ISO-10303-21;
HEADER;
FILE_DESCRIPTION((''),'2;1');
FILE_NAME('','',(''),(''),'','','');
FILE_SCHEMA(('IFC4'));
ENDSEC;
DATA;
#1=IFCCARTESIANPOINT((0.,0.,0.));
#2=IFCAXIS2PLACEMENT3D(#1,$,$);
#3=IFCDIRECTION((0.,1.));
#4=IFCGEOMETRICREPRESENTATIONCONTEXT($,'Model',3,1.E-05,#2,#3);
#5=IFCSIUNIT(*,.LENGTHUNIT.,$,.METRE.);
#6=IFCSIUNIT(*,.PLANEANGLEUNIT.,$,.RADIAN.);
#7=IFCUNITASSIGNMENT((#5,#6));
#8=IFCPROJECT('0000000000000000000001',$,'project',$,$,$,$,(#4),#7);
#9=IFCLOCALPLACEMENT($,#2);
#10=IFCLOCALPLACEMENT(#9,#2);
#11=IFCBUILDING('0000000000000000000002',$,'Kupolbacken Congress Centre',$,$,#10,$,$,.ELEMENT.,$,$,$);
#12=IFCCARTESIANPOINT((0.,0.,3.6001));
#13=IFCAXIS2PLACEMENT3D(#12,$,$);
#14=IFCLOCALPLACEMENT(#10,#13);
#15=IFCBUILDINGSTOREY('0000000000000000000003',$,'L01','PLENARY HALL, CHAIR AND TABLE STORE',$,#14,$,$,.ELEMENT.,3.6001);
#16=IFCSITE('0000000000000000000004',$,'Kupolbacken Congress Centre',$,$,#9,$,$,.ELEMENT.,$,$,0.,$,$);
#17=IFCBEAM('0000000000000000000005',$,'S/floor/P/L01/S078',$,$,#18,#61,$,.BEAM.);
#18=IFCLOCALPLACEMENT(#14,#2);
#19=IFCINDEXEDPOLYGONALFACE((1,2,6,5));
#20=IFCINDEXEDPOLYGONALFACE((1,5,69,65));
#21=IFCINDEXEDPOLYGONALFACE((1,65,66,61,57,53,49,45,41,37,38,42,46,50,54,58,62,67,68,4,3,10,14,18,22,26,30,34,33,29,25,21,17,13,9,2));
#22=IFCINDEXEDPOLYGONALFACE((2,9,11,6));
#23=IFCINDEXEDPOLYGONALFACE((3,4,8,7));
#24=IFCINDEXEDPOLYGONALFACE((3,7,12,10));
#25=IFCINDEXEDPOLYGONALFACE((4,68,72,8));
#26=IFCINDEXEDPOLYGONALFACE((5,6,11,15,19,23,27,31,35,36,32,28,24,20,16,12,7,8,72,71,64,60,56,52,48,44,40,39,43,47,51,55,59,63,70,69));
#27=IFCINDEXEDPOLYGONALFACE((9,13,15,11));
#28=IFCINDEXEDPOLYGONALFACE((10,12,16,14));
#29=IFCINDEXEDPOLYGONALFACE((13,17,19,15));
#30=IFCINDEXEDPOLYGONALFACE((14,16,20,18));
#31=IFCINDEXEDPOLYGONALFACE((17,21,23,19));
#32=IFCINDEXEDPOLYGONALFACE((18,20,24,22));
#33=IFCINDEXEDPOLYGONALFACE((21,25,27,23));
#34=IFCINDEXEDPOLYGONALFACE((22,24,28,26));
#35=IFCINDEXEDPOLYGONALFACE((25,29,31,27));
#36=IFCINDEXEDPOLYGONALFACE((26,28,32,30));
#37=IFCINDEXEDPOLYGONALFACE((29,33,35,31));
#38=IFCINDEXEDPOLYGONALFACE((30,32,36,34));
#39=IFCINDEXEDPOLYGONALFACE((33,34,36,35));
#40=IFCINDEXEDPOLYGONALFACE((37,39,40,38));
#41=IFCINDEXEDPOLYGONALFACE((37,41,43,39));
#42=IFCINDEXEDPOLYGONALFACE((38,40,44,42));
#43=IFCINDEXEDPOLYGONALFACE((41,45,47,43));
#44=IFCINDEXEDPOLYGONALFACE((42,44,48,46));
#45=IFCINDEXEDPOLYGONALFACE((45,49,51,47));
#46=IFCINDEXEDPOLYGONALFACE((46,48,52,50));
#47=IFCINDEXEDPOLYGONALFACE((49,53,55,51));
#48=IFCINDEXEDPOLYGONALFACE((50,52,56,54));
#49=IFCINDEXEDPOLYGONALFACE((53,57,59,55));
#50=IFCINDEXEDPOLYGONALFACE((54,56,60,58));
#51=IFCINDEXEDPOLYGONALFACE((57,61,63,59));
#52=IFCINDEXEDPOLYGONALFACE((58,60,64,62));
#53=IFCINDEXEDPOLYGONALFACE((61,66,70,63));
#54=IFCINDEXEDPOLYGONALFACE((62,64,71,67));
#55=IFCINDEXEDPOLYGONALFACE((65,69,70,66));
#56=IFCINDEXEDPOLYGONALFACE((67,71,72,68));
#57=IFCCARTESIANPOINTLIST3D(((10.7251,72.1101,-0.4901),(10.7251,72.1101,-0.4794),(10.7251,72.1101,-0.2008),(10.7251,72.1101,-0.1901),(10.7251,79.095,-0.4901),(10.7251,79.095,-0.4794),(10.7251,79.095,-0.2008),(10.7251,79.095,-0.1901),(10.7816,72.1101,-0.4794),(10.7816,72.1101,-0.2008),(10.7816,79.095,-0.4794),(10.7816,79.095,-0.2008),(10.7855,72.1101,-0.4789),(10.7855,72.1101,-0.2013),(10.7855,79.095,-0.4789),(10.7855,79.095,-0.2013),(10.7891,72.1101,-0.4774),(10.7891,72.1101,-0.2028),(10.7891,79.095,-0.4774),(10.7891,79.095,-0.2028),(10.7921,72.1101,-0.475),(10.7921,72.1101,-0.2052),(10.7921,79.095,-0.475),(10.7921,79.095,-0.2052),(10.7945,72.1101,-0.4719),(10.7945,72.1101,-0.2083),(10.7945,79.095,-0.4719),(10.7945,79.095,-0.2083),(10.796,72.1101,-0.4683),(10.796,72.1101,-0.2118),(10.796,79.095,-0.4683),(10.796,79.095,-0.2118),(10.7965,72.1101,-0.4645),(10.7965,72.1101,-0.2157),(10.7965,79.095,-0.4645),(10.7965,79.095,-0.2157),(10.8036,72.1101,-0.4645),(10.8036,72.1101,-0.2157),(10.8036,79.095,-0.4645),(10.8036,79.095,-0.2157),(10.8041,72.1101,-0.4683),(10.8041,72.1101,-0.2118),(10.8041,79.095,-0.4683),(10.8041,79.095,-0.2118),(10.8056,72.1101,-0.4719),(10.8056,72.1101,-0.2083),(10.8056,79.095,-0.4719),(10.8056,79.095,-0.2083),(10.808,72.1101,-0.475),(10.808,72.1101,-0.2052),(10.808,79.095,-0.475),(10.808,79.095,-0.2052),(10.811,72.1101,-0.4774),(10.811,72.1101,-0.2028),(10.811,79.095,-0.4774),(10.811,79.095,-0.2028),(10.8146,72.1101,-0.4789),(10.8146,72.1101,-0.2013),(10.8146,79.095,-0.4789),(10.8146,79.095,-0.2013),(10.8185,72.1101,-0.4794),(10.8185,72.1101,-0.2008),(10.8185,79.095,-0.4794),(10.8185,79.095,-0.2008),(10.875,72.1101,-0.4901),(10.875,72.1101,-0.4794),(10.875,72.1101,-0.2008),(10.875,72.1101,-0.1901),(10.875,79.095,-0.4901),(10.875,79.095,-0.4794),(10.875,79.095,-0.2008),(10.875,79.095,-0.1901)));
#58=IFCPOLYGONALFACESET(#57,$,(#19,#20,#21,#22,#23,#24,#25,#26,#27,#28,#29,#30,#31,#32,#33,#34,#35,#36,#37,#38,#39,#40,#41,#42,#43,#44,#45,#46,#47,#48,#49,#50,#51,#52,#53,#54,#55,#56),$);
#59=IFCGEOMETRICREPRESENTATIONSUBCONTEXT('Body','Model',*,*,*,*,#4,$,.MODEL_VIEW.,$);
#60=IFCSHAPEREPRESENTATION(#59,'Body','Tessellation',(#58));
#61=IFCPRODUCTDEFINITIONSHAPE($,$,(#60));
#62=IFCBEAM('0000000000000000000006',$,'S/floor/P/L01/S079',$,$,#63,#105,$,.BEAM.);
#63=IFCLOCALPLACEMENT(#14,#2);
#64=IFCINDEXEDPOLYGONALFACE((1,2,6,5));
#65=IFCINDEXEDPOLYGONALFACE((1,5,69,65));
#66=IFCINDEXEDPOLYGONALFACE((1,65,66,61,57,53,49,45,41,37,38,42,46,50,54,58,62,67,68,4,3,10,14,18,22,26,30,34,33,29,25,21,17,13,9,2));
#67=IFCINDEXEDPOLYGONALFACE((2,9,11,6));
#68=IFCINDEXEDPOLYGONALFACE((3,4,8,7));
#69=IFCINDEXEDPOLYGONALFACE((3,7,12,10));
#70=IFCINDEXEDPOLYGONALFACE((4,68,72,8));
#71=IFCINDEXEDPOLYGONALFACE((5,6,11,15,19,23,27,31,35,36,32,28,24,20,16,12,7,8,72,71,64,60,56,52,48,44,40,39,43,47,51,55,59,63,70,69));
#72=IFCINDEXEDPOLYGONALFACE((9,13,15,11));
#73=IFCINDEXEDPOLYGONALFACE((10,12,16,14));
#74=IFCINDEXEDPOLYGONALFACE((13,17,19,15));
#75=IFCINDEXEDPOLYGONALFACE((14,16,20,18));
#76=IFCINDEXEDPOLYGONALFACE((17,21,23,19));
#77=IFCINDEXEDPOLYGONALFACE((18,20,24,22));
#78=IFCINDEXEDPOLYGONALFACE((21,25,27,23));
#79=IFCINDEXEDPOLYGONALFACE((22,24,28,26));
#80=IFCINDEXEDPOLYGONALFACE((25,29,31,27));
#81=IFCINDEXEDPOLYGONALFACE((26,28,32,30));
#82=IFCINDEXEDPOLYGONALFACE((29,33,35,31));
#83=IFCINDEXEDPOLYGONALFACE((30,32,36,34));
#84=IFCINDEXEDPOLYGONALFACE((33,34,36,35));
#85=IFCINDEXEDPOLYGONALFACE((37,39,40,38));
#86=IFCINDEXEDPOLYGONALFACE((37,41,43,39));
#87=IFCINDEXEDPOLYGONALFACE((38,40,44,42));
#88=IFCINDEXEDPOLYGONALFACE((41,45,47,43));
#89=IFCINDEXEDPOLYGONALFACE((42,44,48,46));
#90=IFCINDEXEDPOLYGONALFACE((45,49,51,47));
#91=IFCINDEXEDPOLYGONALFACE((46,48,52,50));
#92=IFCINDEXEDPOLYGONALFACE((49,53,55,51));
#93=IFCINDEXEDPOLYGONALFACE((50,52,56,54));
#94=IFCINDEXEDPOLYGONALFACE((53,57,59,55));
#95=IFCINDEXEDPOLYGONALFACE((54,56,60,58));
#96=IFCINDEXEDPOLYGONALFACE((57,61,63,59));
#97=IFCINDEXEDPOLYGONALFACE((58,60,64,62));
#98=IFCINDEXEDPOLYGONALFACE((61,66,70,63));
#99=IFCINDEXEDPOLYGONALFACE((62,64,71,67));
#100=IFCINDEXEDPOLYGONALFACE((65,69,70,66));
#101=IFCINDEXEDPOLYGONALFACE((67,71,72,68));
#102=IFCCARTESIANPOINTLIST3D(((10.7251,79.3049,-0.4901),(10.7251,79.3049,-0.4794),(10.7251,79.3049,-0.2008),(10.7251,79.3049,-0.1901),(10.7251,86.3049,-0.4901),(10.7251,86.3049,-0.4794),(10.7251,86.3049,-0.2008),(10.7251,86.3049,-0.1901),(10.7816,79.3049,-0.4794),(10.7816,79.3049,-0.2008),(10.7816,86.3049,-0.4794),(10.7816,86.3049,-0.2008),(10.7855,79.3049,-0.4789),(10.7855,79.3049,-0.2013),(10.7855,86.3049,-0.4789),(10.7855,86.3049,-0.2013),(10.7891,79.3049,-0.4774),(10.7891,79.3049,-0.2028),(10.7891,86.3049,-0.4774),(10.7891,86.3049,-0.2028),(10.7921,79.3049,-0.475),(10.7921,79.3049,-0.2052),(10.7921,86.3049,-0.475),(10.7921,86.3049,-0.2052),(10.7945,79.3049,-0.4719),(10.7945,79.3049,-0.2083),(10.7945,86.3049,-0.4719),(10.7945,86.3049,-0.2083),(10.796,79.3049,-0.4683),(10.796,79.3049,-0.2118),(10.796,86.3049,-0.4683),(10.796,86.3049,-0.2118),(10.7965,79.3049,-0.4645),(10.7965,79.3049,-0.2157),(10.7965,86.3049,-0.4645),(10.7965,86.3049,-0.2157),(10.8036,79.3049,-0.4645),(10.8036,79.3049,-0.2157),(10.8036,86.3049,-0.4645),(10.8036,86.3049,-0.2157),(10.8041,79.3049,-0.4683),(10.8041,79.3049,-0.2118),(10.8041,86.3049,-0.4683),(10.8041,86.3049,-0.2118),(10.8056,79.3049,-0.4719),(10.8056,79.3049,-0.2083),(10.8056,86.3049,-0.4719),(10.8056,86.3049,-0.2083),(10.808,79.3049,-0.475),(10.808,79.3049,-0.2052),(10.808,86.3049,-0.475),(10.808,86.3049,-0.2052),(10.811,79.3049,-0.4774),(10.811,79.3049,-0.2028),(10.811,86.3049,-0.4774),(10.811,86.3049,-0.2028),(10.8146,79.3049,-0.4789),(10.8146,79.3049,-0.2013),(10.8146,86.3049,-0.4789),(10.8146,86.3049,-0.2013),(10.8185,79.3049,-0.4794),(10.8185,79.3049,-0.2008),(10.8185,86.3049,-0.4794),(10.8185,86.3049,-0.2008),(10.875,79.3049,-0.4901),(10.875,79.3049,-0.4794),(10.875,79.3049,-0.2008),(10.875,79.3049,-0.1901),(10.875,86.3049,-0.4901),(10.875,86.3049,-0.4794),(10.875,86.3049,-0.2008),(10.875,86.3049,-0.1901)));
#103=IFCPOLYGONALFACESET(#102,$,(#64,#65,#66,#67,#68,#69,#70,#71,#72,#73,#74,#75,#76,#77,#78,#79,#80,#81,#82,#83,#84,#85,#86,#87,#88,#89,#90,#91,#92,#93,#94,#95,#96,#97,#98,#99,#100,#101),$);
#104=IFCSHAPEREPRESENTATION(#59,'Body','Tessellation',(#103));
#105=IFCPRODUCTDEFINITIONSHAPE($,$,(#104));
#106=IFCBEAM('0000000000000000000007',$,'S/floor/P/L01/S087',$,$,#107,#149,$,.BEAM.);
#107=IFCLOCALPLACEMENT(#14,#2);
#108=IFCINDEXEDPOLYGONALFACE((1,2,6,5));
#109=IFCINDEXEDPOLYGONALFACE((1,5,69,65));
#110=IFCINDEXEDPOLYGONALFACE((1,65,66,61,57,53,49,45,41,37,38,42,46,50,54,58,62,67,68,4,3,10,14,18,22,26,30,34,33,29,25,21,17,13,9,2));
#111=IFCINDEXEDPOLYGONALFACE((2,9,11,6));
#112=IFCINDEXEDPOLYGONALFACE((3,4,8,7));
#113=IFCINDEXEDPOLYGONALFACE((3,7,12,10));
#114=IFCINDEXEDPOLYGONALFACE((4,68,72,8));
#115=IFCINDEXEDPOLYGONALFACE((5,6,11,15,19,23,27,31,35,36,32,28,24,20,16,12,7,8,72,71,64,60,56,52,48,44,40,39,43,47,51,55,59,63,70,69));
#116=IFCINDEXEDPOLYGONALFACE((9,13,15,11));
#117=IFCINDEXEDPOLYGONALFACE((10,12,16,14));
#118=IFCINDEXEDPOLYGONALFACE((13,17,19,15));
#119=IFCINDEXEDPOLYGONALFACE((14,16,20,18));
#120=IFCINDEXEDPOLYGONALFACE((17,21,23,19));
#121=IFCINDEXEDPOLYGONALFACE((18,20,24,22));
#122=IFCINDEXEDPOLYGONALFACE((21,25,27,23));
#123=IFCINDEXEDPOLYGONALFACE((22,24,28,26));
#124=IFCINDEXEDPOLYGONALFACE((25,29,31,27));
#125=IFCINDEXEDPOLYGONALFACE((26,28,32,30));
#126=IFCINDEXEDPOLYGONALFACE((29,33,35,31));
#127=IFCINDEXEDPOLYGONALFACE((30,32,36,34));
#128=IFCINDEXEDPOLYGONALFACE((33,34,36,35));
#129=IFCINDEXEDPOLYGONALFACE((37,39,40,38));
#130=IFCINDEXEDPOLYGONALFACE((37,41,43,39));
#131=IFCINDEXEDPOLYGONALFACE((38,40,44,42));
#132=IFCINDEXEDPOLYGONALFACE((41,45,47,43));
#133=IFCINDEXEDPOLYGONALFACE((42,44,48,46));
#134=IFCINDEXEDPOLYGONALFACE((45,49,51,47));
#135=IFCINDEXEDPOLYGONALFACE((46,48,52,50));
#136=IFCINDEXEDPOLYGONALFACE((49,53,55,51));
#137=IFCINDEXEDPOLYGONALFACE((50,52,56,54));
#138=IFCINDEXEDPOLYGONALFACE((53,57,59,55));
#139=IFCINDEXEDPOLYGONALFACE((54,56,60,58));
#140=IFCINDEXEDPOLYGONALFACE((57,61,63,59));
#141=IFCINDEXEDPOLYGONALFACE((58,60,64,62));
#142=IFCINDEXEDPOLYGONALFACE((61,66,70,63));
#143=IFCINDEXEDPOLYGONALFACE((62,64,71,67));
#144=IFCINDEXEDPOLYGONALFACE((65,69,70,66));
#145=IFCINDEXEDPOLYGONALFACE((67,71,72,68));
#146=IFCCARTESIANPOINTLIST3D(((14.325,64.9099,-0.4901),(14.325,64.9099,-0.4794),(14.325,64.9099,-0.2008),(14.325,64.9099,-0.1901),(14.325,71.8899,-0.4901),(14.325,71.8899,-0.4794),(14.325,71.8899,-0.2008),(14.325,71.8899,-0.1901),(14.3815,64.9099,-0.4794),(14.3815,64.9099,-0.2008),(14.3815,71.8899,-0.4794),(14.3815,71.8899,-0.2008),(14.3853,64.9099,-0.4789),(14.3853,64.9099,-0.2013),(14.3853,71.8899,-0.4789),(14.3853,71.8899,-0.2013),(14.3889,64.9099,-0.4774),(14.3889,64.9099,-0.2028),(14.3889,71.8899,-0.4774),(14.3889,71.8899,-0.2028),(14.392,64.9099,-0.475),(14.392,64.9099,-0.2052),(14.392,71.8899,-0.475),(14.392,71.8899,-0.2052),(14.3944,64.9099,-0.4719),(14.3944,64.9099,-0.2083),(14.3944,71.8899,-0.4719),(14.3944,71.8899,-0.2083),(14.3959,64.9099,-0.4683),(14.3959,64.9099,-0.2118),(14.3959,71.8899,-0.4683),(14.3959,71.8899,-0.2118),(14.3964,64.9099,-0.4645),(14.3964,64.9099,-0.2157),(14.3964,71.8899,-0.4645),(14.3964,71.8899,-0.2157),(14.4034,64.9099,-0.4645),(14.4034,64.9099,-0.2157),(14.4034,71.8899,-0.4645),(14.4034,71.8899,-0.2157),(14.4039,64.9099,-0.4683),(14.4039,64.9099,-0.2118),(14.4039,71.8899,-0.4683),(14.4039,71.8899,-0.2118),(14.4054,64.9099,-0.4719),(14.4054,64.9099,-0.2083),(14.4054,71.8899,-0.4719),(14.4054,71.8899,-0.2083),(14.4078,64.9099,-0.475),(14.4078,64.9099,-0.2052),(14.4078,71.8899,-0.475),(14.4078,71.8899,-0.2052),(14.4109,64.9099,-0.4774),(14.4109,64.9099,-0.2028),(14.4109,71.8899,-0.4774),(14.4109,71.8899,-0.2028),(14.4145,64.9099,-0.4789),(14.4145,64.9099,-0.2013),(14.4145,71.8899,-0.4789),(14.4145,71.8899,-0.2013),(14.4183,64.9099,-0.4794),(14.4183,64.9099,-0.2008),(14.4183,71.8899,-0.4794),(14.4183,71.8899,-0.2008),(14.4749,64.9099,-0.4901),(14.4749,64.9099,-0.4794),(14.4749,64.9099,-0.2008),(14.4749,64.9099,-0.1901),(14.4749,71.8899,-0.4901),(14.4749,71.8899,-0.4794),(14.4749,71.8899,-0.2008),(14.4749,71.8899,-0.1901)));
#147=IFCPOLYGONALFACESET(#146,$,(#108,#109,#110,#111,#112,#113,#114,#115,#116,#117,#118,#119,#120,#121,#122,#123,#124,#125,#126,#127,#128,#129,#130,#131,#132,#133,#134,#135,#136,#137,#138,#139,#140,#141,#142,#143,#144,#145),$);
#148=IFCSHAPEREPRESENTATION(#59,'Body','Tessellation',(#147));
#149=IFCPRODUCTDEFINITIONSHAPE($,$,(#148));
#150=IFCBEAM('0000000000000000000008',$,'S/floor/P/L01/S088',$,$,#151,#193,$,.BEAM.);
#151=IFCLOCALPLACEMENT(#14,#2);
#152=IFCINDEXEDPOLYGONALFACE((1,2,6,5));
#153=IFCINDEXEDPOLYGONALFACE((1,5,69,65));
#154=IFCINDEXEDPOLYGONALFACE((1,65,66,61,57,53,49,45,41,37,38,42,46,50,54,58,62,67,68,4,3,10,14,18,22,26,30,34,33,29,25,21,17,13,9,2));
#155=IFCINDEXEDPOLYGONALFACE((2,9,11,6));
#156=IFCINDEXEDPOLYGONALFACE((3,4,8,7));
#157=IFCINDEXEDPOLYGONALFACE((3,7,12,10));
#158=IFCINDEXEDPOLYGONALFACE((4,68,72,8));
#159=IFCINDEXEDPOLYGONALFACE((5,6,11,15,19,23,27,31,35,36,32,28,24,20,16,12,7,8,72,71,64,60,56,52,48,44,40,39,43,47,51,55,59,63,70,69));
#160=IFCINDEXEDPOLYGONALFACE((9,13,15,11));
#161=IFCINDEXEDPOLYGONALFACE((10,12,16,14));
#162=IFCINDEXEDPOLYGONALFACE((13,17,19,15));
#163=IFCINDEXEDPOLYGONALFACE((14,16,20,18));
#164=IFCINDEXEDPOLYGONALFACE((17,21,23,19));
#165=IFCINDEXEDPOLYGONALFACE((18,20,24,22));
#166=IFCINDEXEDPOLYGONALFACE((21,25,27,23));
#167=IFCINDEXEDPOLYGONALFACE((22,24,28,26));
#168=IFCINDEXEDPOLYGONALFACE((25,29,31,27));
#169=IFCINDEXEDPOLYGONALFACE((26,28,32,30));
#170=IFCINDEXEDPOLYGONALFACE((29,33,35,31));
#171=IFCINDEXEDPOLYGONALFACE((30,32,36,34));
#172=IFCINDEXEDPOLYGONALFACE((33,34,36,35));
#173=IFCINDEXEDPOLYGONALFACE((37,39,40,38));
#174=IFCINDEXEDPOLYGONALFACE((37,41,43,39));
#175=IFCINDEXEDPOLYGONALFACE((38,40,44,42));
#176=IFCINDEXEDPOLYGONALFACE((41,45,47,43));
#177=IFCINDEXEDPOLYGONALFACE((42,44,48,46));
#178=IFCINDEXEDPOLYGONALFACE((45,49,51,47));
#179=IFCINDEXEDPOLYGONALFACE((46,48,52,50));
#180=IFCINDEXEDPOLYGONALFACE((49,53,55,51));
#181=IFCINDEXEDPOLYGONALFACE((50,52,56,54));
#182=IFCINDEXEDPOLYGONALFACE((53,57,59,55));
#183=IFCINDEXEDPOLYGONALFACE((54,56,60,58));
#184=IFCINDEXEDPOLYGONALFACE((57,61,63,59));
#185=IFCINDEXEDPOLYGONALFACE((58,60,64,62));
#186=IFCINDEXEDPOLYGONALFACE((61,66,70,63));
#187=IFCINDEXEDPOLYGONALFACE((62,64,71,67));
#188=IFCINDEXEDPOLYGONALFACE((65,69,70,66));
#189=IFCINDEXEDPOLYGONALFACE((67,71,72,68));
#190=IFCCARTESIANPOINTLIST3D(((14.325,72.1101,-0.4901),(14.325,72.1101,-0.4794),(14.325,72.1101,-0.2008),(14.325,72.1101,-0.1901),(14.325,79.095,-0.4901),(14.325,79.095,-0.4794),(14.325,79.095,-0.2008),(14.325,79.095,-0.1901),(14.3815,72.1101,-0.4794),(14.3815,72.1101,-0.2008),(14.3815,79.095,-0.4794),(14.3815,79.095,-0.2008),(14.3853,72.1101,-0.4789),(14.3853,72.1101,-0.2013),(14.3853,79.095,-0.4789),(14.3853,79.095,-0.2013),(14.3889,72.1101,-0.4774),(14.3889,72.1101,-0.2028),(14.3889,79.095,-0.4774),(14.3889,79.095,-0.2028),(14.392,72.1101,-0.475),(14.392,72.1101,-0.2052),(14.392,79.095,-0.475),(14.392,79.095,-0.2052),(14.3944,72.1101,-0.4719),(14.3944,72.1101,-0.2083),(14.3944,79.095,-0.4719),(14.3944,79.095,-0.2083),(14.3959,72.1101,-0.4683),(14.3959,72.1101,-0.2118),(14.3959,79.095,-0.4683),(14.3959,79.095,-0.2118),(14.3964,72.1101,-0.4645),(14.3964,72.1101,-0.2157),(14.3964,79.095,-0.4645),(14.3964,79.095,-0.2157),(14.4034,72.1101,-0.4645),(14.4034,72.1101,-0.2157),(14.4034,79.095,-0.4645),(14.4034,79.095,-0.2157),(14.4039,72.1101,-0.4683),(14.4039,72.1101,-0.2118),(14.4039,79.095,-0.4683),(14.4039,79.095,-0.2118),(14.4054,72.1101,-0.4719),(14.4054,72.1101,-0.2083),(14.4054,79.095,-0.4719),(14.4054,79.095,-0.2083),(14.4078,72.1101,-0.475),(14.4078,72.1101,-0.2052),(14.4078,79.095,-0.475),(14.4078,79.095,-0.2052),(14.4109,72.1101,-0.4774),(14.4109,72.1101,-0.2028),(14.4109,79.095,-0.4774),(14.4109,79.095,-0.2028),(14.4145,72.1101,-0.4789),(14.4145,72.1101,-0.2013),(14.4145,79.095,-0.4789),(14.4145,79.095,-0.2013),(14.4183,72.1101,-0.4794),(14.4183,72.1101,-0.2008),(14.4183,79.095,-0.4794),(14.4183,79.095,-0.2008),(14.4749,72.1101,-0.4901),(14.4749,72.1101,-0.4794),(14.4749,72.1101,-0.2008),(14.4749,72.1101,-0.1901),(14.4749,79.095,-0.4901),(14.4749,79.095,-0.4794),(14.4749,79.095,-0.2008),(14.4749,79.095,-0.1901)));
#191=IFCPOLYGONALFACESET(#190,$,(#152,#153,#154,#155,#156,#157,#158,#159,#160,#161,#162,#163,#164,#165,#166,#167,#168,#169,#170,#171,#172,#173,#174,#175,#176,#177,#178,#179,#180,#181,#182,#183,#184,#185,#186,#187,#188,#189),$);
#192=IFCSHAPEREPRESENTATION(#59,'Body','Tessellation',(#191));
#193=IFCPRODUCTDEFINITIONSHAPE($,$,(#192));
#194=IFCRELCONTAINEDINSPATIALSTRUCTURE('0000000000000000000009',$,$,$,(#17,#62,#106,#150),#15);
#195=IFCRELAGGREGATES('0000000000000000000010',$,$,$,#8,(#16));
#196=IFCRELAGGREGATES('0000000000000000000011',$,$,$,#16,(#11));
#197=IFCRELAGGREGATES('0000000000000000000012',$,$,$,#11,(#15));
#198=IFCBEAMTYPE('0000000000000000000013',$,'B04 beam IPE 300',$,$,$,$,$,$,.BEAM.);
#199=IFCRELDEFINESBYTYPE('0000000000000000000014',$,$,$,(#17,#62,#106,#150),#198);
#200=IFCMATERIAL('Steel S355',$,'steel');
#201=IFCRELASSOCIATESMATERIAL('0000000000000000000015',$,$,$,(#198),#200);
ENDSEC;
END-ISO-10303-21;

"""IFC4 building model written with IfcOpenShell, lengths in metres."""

from ifc_helpers import new_model, si_unit, direction, frame, origin, origin_2d, place, context, subcontext, project, spatial, i_section, extrude, material, material_profile, profile_set, type_object, element, save


model = new_model("IFC4")

# Units and contexts
model_context = context("Model", 3, precision=1e-05, world=origin(), true_north=direction((0.0, 1.0)))
body_context = subcontext(model_context, "Body", "Model", "MODEL_VIEW")
ifc_project = project(units=[si_unit("LENGTHUNIT", "METRE"), si_unit("PLANEANGLEUNIT", "RADIAN")], contexts=[model_context])

# Site, building, storey
site_placement = place(None, origin())
site = spatial("IfcSite", under=ifc_project, at=site_placement, Name="Kupolbacken Congress Centre", CompositionType="ELEMENT", RefElevation=0.0)
building_placement = place(site_placement, origin())
building = spatial("IfcBuilding", under=site, at=building_placement, Name="Kupolbacken Congress Centre", CompositionType="ELEMENT")
storey_placement = place(building_placement, frame((0.0, 0.0, 3.6001)))
storey = spatial("IfcBuildingStorey", under=building, at=storey_placement, Name="L01", Description="PLENARY HALL, CHAIR AND TABLE STORE", CompositionType="ELEMENT", Elevation=3.6001)

# Beams
ifc_material_1 = material(Name="Steel S355", Category="steel")
ifc_material_profile_1 = material_profile(ifc_material_1, i_section(OverallWidth=0.1499, OverallDepth=0.3, WebThickness=0.0071, FlangeThickness=0.0107, FilletRadius=0.0149, at=origin_2d()), Name="IPE 300")
ifc_profile_set_1 = profile_set([ifc_material_profile_1], Name="Steel S355")
beam_type_1 = type_object("IfcBeamType", Name="B04 beam IPE 300", PredefinedType="BEAM", material=ifc_profile_set_1)
beam_1_placement = place(storey_placement, frame((10.8, 72.1101, -0.3401), z_axis=(0.0, 1.0, 0.0), x_axis=(-1.0, 0.0, 0.0)))
element("IfcBeam", 1, at=beam_1_placement, inside=storey, type_object=beam_type_1, Name="S/floor/P/L01/S078", PredefinedType="BEAM", context=body_context, shape_type="SweptSolid", body=[
    extrude(i_section(OverallWidth=0.1499, OverallDepth=0.3, WebThickness=0.0071, FlangeThickness=0.0107, FilletRadius=0.0149, at=origin_2d()), origin(), (0.0, 0.0, 1.0), 6.9849),
])
beam_2_placement = place(storey_placement, frame((10.8, 79.3049, -0.3401), z_axis=(0.0, 1.0, 0.0), x_axis=(-1.0, 0.0, 0.0)))
element("IfcBeam", 2, at=beam_2_placement, inside=storey, type_object=beam_type_1, Name="S/floor/P/L01/S079", PredefinedType="BEAM", context=body_context, shape_type="SweptSolid", body=[
    extrude(i_section(OverallWidth=0.1499, OverallDepth=0.3, WebThickness=0.0071, FlangeThickness=0.0107, FilletRadius=0.0149, at=origin_2d()), origin(), (0.0, 0.0, 1.0), 7.0),
])
beam_3_placement = place(storey_placement, frame((14.3999, 64.9099, -0.3401), z_axis=(0.0, 1.0, 0.0), x_axis=(-1.0, 0.0, 0.0)))
element("IfcBeam", 3, at=beam_3_placement, inside=storey, type_object=beam_type_1, Name="S/floor/P/L01/S087", PredefinedType="BEAM", context=body_context, shape_type="SweptSolid", body=[
    extrude(i_section(OverallWidth=0.1499, OverallDepth=0.3, WebThickness=0.0071, FlangeThickness=0.0107, FilletRadius=0.0149, at=origin_2d()), origin(), (0.0, 0.0, 1.0), 6.98),
])
beam_4_placement = place(storey_placement, frame((14.3999, 72.1101, -0.3401), z_axis=(0.0, 1.0, 0.0), x_axis=(-1.0, 0.0, 0.0)))
element("IfcBeam", 4, at=beam_4_placement, inside=storey, type_object=beam_type_1, Name="S/floor/P/L01/S088", PredefinedType="BEAM", context=body_context, shape_type="SweptSolid", body=[
    extrude(i_section(OverallWidth=0.1499, OverallDepth=0.3, WebThickness=0.0071, FlangeThickness=0.0107, FilletRadius=0.0149, at=origin_2d()), origin(), (0.0, 0.0, 1.0), 6.9849),
])

save(model, "model.ifc")
